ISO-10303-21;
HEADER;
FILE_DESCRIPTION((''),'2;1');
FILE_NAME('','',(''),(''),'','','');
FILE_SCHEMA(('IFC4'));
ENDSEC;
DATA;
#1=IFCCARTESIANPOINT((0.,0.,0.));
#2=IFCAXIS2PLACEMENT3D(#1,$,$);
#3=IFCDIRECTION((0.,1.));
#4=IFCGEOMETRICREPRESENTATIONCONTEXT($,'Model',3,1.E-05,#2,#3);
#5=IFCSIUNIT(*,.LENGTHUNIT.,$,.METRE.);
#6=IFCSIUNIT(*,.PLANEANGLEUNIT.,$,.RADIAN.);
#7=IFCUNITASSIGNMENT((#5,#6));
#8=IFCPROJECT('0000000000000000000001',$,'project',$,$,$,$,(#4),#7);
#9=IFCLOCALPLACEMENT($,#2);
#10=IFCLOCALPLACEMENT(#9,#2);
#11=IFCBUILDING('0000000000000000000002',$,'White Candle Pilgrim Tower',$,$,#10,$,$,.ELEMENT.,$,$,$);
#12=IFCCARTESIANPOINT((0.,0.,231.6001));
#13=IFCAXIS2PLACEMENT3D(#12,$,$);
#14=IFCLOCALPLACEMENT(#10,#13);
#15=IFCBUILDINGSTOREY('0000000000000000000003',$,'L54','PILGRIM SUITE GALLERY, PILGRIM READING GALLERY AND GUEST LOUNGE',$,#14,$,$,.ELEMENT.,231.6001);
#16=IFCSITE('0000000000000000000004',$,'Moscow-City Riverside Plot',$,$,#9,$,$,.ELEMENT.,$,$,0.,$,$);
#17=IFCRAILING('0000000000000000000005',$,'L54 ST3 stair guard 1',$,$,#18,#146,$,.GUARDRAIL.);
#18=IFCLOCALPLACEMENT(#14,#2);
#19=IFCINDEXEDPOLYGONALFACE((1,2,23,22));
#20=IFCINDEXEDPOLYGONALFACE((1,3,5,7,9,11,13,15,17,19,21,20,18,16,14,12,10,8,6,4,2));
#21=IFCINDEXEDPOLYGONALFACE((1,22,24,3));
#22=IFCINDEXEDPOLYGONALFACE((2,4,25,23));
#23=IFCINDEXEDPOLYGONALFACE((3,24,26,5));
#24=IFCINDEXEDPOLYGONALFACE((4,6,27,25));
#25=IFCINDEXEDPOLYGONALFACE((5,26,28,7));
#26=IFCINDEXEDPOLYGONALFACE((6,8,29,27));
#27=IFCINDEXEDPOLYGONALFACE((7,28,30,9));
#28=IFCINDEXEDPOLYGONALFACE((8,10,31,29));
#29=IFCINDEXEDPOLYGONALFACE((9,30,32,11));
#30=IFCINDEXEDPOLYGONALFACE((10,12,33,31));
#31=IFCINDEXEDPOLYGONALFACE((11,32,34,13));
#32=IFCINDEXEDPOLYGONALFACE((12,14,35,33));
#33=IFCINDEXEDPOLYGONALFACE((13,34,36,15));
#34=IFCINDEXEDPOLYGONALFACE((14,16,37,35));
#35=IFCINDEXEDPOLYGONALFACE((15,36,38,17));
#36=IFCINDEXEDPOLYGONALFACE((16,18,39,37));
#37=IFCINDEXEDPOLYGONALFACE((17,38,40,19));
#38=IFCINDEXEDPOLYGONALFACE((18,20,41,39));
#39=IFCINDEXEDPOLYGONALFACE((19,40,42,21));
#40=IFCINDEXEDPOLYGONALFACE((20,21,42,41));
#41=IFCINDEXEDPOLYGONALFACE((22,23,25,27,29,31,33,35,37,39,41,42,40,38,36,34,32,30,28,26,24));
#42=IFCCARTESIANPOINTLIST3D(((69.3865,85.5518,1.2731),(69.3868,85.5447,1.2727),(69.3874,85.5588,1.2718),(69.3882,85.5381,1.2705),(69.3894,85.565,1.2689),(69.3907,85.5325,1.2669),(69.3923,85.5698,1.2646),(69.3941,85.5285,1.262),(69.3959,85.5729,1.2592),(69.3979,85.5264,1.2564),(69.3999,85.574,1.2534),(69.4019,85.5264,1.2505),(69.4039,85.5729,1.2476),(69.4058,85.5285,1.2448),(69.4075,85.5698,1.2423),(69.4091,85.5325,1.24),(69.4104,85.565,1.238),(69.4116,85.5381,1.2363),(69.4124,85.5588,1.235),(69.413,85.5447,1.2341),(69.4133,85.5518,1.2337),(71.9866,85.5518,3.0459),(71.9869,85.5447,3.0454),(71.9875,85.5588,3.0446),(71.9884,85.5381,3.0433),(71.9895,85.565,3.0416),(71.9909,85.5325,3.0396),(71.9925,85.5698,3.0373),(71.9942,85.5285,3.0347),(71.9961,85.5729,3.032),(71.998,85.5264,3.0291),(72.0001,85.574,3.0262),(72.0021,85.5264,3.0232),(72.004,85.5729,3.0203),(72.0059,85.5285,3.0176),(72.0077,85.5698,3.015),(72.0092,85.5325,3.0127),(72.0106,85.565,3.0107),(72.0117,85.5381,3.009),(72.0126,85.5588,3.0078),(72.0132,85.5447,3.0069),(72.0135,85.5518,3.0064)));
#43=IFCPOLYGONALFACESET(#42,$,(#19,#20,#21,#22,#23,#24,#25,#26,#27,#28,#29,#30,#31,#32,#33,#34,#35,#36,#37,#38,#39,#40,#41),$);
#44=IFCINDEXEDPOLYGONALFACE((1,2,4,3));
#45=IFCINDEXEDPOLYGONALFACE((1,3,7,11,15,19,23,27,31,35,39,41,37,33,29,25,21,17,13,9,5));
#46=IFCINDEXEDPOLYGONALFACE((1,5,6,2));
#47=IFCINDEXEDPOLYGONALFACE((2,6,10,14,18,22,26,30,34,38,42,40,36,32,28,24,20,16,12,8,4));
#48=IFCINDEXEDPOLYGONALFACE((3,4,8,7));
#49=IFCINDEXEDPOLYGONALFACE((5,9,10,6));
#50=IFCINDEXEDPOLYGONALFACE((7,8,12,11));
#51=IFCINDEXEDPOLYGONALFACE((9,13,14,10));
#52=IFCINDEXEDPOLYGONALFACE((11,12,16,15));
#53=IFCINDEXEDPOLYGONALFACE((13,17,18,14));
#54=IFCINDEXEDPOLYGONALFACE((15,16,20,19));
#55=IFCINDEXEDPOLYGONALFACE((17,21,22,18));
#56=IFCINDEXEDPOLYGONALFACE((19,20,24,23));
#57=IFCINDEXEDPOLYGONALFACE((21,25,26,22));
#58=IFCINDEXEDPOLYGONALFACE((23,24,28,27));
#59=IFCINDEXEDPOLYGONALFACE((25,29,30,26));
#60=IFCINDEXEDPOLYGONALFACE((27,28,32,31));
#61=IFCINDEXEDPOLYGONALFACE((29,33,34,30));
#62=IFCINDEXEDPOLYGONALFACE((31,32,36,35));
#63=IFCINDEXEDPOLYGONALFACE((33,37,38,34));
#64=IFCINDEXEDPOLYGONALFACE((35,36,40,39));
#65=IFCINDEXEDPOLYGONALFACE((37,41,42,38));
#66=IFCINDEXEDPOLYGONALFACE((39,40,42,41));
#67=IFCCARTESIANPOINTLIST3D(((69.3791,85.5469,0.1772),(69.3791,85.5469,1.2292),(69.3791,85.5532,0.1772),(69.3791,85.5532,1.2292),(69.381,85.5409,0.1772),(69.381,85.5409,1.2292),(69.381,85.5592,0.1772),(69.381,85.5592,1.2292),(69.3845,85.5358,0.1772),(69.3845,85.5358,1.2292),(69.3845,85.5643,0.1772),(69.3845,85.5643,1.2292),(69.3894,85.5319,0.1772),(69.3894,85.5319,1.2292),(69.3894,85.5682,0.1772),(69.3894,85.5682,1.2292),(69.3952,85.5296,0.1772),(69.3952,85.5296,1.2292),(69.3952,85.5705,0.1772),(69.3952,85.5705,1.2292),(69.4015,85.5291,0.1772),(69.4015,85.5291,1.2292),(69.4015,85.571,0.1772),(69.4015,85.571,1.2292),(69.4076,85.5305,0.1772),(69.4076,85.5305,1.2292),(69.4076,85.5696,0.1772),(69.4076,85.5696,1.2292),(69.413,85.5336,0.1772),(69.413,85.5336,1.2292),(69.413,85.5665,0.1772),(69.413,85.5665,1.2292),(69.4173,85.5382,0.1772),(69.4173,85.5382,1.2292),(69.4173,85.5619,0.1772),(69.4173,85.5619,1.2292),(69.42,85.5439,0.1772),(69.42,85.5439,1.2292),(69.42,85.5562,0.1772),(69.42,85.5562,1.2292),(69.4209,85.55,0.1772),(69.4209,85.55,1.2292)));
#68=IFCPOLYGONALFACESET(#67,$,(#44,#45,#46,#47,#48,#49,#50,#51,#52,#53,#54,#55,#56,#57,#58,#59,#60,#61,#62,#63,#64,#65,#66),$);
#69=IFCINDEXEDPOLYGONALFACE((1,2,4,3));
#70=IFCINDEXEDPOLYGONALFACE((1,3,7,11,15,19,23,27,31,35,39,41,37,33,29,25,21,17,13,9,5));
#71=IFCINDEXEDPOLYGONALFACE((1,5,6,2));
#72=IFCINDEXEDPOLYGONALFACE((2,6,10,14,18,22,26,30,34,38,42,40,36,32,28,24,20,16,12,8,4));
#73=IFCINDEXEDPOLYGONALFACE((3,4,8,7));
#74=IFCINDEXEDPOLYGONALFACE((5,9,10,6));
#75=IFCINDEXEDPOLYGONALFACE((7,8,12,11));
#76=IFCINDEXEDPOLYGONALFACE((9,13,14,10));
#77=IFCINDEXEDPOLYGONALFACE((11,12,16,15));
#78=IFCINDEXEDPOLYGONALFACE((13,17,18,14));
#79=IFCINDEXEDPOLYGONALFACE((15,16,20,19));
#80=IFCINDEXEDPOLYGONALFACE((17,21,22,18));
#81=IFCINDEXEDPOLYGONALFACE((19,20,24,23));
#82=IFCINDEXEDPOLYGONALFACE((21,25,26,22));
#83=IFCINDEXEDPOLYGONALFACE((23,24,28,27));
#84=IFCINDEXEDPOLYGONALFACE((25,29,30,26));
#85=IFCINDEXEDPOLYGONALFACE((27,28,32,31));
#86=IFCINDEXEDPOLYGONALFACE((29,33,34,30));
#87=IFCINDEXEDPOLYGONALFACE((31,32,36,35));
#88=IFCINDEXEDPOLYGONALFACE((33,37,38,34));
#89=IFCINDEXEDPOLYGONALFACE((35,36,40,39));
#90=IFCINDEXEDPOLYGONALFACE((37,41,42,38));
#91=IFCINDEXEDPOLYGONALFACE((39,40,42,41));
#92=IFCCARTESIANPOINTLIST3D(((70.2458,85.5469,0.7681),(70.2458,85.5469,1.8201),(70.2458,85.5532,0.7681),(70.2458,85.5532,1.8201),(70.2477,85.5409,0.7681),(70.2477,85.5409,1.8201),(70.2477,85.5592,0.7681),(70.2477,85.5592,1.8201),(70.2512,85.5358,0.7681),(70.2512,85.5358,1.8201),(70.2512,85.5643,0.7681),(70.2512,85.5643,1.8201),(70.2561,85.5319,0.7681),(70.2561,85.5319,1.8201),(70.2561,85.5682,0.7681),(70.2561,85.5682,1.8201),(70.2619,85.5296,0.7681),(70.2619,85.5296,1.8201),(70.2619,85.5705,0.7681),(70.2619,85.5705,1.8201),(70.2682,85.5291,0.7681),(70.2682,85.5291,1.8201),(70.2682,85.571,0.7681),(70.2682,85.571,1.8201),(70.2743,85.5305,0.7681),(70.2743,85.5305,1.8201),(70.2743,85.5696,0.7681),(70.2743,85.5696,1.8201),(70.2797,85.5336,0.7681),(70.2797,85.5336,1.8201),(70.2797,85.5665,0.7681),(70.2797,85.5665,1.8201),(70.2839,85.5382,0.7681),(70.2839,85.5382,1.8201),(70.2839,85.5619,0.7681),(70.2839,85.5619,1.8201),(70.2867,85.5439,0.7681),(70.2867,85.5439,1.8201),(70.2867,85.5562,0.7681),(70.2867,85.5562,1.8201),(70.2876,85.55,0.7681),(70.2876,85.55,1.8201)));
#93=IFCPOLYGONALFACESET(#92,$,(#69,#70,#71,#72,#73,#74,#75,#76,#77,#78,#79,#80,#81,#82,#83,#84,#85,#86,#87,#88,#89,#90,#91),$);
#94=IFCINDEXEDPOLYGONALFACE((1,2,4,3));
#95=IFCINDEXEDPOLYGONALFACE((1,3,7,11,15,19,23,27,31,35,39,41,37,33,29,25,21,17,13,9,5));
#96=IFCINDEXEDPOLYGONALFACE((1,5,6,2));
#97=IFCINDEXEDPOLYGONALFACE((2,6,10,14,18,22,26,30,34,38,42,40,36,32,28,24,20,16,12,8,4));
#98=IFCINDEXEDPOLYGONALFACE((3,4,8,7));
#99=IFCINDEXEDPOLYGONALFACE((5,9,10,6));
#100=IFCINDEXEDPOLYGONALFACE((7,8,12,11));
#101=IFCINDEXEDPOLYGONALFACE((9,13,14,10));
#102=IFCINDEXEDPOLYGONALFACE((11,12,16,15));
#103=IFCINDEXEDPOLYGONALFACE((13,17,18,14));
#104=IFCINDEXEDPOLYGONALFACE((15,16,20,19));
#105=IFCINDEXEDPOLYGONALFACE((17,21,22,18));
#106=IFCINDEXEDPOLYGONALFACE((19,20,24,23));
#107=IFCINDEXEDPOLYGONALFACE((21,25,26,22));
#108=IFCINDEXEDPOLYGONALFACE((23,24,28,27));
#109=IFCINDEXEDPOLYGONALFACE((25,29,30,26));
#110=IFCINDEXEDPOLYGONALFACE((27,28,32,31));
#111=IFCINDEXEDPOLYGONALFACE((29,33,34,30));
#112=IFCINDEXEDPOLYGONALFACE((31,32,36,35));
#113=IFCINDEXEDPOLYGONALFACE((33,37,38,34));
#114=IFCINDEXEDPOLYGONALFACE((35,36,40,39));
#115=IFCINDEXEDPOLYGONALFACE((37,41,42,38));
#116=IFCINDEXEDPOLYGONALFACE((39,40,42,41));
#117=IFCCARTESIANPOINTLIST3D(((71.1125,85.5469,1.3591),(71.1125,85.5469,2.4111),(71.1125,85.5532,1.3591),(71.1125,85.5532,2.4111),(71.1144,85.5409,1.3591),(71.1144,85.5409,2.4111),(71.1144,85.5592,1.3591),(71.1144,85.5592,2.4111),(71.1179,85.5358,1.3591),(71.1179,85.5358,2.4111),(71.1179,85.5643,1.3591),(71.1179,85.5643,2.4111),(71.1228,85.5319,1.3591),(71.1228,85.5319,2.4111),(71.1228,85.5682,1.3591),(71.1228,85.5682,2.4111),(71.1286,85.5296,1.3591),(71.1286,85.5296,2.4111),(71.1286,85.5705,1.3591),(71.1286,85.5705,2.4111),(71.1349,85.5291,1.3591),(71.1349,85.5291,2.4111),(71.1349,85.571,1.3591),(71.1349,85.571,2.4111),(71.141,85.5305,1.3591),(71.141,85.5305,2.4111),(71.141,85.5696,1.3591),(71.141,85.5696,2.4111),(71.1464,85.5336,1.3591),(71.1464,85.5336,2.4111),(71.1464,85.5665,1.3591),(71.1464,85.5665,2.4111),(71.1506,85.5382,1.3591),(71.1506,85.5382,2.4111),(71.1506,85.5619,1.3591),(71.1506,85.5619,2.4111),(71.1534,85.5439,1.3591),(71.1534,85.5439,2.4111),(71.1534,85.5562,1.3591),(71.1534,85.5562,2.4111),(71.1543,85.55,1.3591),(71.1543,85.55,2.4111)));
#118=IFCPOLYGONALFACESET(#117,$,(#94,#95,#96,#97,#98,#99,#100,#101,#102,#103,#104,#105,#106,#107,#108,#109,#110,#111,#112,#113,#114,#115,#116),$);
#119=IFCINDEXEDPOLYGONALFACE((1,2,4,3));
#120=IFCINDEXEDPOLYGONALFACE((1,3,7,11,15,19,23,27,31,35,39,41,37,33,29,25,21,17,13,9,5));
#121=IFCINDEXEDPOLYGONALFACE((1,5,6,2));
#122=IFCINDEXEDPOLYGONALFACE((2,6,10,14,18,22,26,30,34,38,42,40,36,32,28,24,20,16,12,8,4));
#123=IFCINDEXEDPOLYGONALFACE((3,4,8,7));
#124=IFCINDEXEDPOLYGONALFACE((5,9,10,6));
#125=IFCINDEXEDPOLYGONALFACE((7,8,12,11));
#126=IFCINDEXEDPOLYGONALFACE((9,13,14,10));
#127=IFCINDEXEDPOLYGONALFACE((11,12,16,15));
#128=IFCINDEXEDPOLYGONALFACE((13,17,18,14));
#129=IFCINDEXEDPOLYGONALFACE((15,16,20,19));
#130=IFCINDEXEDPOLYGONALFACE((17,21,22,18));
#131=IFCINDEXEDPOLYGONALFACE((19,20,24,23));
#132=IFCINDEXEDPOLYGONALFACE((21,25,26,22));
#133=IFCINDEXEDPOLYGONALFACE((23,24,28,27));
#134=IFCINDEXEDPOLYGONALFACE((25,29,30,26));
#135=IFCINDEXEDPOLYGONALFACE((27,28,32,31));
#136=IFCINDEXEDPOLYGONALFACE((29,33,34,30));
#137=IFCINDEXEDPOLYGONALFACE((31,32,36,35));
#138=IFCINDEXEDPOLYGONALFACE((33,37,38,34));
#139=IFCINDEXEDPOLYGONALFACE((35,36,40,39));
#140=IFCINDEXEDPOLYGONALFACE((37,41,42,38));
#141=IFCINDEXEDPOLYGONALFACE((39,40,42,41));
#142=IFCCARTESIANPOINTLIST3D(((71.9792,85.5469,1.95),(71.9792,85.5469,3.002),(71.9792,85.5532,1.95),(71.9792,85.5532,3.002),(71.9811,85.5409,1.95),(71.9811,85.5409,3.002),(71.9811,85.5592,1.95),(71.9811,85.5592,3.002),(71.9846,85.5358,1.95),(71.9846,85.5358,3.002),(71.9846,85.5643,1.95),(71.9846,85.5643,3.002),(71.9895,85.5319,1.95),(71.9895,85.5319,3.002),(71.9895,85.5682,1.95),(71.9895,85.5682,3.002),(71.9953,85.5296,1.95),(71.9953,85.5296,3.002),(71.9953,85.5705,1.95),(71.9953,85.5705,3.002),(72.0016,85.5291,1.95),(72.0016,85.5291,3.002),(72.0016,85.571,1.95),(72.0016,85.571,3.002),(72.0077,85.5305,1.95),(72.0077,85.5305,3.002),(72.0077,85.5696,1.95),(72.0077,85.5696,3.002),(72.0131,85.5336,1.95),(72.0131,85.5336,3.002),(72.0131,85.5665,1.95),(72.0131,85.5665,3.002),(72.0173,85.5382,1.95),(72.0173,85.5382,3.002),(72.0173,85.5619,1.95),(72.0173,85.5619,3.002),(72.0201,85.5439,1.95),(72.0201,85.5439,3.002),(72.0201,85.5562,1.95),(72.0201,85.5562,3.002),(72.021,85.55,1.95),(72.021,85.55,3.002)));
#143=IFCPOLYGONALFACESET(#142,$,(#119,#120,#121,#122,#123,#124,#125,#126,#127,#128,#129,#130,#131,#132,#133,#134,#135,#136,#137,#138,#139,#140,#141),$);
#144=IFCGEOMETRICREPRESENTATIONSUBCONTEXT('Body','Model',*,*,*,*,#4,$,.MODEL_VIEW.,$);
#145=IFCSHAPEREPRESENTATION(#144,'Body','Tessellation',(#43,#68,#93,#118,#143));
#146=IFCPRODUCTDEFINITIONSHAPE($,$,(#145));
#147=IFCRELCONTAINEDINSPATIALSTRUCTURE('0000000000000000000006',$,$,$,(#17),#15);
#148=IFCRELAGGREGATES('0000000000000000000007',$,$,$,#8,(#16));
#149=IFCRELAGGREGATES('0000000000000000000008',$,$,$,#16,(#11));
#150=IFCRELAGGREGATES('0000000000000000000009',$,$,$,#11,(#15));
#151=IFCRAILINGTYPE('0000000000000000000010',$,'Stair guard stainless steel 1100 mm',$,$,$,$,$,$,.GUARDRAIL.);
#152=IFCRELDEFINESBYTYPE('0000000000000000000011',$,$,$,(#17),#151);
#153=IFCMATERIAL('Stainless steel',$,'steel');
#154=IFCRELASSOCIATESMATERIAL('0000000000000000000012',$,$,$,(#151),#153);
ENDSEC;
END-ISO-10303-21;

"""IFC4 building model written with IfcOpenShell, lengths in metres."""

from ifc_helpers import new_model, si_unit, direction, frame, origin, origin_2d, place, context, subcontext, project, spatial, circle, extrude, material, type_object, element, save


model = new_model("IFC4")

# Units and contexts
model_context = context("Model", 3, precision=1e-05, world=origin(), true_north=direction((0.0, 1.0)))
body_context = subcontext(model_context, "Body", "Model", "MODEL_VIEW")
ifc_project = project(units=[si_unit("LENGTHUNIT", "METRE"), si_unit("PLANEANGLEUNIT", "RADIAN")], contexts=[model_context])

# Site, building, storey
site_placement = place(None, origin())
site = spatial("IfcSite", under=ifc_project, at=site_placement, Name="Moscow-City Riverside Plot", CompositionType="ELEMENT", RefElevation=0.0)
building_placement = place(site_placement, origin())
building = spatial("IfcBuilding", under=site, at=building_placement, Name="White Candle Pilgrim Tower", CompositionType="ELEMENT")
storey_placement = place(building_placement, frame((0.0, 0.0, 231.6001)))
storey = spatial("IfcBuildingStorey", under=building, at=storey_placement, Name="L54", Description="PILGRIM SUITE GALLERY, PILGRIM READING GALLERY AND GUEST LOUNGE", CompositionType="ELEMENT", Elevation=231.6001)

# Railing
ifc_material_1 = material(Name="Stainless steel", Category="steel")
railing_type_1 = type_object("IfcRailingType", Name="Stair guard stainless steel 1100 mm", PredefinedType="GUARDRAIL", material=ifc_material_1)
railing_1_placement = place(storey_placement, frame((69.3999, 85.55, 0.1772)))
element("IfcRailing", 1, at=railing_1_placement, inside=storey, type_object=railing_type_1, Name="L54 ST3 stair guard 1", PredefinedType="GUARDRAIL", context=body_context, shape_type="SweptSolid", body=[
    extrude(circle(Radius=0.0239, at=origin_2d()), frame((0.0, 0.0, 1.0762), z_axis=(0.82624, 0.0, 0.563318), x_axis=(0.0, 1.0, 0.0)), (0.0, 0.0, 1.0), 3.147),
    extrude(circle(Radius=0.021, at=origin_2d()), origin(), (0.0, 0.0, 1.0), 1.052),
    extrude(circle(Radius=0.021, at=origin_2d()), frame((0.8667, 0.0, 0.5908)), (0.0, 0.0, 1.0), 1.052),
    extrude(circle(Radius=0.021, at=origin_2d()), frame((1.7334, 0.0, 1.1819)), (0.0, 0.0, 1.0), 1.052),
    extrude(circle(Radius=0.021, at=origin_2d()), frame((2.6001, 0.0, 1.7727)), (0.0, 0.0, 1.0), 1.052),
])

save(model, "model.ifc")
